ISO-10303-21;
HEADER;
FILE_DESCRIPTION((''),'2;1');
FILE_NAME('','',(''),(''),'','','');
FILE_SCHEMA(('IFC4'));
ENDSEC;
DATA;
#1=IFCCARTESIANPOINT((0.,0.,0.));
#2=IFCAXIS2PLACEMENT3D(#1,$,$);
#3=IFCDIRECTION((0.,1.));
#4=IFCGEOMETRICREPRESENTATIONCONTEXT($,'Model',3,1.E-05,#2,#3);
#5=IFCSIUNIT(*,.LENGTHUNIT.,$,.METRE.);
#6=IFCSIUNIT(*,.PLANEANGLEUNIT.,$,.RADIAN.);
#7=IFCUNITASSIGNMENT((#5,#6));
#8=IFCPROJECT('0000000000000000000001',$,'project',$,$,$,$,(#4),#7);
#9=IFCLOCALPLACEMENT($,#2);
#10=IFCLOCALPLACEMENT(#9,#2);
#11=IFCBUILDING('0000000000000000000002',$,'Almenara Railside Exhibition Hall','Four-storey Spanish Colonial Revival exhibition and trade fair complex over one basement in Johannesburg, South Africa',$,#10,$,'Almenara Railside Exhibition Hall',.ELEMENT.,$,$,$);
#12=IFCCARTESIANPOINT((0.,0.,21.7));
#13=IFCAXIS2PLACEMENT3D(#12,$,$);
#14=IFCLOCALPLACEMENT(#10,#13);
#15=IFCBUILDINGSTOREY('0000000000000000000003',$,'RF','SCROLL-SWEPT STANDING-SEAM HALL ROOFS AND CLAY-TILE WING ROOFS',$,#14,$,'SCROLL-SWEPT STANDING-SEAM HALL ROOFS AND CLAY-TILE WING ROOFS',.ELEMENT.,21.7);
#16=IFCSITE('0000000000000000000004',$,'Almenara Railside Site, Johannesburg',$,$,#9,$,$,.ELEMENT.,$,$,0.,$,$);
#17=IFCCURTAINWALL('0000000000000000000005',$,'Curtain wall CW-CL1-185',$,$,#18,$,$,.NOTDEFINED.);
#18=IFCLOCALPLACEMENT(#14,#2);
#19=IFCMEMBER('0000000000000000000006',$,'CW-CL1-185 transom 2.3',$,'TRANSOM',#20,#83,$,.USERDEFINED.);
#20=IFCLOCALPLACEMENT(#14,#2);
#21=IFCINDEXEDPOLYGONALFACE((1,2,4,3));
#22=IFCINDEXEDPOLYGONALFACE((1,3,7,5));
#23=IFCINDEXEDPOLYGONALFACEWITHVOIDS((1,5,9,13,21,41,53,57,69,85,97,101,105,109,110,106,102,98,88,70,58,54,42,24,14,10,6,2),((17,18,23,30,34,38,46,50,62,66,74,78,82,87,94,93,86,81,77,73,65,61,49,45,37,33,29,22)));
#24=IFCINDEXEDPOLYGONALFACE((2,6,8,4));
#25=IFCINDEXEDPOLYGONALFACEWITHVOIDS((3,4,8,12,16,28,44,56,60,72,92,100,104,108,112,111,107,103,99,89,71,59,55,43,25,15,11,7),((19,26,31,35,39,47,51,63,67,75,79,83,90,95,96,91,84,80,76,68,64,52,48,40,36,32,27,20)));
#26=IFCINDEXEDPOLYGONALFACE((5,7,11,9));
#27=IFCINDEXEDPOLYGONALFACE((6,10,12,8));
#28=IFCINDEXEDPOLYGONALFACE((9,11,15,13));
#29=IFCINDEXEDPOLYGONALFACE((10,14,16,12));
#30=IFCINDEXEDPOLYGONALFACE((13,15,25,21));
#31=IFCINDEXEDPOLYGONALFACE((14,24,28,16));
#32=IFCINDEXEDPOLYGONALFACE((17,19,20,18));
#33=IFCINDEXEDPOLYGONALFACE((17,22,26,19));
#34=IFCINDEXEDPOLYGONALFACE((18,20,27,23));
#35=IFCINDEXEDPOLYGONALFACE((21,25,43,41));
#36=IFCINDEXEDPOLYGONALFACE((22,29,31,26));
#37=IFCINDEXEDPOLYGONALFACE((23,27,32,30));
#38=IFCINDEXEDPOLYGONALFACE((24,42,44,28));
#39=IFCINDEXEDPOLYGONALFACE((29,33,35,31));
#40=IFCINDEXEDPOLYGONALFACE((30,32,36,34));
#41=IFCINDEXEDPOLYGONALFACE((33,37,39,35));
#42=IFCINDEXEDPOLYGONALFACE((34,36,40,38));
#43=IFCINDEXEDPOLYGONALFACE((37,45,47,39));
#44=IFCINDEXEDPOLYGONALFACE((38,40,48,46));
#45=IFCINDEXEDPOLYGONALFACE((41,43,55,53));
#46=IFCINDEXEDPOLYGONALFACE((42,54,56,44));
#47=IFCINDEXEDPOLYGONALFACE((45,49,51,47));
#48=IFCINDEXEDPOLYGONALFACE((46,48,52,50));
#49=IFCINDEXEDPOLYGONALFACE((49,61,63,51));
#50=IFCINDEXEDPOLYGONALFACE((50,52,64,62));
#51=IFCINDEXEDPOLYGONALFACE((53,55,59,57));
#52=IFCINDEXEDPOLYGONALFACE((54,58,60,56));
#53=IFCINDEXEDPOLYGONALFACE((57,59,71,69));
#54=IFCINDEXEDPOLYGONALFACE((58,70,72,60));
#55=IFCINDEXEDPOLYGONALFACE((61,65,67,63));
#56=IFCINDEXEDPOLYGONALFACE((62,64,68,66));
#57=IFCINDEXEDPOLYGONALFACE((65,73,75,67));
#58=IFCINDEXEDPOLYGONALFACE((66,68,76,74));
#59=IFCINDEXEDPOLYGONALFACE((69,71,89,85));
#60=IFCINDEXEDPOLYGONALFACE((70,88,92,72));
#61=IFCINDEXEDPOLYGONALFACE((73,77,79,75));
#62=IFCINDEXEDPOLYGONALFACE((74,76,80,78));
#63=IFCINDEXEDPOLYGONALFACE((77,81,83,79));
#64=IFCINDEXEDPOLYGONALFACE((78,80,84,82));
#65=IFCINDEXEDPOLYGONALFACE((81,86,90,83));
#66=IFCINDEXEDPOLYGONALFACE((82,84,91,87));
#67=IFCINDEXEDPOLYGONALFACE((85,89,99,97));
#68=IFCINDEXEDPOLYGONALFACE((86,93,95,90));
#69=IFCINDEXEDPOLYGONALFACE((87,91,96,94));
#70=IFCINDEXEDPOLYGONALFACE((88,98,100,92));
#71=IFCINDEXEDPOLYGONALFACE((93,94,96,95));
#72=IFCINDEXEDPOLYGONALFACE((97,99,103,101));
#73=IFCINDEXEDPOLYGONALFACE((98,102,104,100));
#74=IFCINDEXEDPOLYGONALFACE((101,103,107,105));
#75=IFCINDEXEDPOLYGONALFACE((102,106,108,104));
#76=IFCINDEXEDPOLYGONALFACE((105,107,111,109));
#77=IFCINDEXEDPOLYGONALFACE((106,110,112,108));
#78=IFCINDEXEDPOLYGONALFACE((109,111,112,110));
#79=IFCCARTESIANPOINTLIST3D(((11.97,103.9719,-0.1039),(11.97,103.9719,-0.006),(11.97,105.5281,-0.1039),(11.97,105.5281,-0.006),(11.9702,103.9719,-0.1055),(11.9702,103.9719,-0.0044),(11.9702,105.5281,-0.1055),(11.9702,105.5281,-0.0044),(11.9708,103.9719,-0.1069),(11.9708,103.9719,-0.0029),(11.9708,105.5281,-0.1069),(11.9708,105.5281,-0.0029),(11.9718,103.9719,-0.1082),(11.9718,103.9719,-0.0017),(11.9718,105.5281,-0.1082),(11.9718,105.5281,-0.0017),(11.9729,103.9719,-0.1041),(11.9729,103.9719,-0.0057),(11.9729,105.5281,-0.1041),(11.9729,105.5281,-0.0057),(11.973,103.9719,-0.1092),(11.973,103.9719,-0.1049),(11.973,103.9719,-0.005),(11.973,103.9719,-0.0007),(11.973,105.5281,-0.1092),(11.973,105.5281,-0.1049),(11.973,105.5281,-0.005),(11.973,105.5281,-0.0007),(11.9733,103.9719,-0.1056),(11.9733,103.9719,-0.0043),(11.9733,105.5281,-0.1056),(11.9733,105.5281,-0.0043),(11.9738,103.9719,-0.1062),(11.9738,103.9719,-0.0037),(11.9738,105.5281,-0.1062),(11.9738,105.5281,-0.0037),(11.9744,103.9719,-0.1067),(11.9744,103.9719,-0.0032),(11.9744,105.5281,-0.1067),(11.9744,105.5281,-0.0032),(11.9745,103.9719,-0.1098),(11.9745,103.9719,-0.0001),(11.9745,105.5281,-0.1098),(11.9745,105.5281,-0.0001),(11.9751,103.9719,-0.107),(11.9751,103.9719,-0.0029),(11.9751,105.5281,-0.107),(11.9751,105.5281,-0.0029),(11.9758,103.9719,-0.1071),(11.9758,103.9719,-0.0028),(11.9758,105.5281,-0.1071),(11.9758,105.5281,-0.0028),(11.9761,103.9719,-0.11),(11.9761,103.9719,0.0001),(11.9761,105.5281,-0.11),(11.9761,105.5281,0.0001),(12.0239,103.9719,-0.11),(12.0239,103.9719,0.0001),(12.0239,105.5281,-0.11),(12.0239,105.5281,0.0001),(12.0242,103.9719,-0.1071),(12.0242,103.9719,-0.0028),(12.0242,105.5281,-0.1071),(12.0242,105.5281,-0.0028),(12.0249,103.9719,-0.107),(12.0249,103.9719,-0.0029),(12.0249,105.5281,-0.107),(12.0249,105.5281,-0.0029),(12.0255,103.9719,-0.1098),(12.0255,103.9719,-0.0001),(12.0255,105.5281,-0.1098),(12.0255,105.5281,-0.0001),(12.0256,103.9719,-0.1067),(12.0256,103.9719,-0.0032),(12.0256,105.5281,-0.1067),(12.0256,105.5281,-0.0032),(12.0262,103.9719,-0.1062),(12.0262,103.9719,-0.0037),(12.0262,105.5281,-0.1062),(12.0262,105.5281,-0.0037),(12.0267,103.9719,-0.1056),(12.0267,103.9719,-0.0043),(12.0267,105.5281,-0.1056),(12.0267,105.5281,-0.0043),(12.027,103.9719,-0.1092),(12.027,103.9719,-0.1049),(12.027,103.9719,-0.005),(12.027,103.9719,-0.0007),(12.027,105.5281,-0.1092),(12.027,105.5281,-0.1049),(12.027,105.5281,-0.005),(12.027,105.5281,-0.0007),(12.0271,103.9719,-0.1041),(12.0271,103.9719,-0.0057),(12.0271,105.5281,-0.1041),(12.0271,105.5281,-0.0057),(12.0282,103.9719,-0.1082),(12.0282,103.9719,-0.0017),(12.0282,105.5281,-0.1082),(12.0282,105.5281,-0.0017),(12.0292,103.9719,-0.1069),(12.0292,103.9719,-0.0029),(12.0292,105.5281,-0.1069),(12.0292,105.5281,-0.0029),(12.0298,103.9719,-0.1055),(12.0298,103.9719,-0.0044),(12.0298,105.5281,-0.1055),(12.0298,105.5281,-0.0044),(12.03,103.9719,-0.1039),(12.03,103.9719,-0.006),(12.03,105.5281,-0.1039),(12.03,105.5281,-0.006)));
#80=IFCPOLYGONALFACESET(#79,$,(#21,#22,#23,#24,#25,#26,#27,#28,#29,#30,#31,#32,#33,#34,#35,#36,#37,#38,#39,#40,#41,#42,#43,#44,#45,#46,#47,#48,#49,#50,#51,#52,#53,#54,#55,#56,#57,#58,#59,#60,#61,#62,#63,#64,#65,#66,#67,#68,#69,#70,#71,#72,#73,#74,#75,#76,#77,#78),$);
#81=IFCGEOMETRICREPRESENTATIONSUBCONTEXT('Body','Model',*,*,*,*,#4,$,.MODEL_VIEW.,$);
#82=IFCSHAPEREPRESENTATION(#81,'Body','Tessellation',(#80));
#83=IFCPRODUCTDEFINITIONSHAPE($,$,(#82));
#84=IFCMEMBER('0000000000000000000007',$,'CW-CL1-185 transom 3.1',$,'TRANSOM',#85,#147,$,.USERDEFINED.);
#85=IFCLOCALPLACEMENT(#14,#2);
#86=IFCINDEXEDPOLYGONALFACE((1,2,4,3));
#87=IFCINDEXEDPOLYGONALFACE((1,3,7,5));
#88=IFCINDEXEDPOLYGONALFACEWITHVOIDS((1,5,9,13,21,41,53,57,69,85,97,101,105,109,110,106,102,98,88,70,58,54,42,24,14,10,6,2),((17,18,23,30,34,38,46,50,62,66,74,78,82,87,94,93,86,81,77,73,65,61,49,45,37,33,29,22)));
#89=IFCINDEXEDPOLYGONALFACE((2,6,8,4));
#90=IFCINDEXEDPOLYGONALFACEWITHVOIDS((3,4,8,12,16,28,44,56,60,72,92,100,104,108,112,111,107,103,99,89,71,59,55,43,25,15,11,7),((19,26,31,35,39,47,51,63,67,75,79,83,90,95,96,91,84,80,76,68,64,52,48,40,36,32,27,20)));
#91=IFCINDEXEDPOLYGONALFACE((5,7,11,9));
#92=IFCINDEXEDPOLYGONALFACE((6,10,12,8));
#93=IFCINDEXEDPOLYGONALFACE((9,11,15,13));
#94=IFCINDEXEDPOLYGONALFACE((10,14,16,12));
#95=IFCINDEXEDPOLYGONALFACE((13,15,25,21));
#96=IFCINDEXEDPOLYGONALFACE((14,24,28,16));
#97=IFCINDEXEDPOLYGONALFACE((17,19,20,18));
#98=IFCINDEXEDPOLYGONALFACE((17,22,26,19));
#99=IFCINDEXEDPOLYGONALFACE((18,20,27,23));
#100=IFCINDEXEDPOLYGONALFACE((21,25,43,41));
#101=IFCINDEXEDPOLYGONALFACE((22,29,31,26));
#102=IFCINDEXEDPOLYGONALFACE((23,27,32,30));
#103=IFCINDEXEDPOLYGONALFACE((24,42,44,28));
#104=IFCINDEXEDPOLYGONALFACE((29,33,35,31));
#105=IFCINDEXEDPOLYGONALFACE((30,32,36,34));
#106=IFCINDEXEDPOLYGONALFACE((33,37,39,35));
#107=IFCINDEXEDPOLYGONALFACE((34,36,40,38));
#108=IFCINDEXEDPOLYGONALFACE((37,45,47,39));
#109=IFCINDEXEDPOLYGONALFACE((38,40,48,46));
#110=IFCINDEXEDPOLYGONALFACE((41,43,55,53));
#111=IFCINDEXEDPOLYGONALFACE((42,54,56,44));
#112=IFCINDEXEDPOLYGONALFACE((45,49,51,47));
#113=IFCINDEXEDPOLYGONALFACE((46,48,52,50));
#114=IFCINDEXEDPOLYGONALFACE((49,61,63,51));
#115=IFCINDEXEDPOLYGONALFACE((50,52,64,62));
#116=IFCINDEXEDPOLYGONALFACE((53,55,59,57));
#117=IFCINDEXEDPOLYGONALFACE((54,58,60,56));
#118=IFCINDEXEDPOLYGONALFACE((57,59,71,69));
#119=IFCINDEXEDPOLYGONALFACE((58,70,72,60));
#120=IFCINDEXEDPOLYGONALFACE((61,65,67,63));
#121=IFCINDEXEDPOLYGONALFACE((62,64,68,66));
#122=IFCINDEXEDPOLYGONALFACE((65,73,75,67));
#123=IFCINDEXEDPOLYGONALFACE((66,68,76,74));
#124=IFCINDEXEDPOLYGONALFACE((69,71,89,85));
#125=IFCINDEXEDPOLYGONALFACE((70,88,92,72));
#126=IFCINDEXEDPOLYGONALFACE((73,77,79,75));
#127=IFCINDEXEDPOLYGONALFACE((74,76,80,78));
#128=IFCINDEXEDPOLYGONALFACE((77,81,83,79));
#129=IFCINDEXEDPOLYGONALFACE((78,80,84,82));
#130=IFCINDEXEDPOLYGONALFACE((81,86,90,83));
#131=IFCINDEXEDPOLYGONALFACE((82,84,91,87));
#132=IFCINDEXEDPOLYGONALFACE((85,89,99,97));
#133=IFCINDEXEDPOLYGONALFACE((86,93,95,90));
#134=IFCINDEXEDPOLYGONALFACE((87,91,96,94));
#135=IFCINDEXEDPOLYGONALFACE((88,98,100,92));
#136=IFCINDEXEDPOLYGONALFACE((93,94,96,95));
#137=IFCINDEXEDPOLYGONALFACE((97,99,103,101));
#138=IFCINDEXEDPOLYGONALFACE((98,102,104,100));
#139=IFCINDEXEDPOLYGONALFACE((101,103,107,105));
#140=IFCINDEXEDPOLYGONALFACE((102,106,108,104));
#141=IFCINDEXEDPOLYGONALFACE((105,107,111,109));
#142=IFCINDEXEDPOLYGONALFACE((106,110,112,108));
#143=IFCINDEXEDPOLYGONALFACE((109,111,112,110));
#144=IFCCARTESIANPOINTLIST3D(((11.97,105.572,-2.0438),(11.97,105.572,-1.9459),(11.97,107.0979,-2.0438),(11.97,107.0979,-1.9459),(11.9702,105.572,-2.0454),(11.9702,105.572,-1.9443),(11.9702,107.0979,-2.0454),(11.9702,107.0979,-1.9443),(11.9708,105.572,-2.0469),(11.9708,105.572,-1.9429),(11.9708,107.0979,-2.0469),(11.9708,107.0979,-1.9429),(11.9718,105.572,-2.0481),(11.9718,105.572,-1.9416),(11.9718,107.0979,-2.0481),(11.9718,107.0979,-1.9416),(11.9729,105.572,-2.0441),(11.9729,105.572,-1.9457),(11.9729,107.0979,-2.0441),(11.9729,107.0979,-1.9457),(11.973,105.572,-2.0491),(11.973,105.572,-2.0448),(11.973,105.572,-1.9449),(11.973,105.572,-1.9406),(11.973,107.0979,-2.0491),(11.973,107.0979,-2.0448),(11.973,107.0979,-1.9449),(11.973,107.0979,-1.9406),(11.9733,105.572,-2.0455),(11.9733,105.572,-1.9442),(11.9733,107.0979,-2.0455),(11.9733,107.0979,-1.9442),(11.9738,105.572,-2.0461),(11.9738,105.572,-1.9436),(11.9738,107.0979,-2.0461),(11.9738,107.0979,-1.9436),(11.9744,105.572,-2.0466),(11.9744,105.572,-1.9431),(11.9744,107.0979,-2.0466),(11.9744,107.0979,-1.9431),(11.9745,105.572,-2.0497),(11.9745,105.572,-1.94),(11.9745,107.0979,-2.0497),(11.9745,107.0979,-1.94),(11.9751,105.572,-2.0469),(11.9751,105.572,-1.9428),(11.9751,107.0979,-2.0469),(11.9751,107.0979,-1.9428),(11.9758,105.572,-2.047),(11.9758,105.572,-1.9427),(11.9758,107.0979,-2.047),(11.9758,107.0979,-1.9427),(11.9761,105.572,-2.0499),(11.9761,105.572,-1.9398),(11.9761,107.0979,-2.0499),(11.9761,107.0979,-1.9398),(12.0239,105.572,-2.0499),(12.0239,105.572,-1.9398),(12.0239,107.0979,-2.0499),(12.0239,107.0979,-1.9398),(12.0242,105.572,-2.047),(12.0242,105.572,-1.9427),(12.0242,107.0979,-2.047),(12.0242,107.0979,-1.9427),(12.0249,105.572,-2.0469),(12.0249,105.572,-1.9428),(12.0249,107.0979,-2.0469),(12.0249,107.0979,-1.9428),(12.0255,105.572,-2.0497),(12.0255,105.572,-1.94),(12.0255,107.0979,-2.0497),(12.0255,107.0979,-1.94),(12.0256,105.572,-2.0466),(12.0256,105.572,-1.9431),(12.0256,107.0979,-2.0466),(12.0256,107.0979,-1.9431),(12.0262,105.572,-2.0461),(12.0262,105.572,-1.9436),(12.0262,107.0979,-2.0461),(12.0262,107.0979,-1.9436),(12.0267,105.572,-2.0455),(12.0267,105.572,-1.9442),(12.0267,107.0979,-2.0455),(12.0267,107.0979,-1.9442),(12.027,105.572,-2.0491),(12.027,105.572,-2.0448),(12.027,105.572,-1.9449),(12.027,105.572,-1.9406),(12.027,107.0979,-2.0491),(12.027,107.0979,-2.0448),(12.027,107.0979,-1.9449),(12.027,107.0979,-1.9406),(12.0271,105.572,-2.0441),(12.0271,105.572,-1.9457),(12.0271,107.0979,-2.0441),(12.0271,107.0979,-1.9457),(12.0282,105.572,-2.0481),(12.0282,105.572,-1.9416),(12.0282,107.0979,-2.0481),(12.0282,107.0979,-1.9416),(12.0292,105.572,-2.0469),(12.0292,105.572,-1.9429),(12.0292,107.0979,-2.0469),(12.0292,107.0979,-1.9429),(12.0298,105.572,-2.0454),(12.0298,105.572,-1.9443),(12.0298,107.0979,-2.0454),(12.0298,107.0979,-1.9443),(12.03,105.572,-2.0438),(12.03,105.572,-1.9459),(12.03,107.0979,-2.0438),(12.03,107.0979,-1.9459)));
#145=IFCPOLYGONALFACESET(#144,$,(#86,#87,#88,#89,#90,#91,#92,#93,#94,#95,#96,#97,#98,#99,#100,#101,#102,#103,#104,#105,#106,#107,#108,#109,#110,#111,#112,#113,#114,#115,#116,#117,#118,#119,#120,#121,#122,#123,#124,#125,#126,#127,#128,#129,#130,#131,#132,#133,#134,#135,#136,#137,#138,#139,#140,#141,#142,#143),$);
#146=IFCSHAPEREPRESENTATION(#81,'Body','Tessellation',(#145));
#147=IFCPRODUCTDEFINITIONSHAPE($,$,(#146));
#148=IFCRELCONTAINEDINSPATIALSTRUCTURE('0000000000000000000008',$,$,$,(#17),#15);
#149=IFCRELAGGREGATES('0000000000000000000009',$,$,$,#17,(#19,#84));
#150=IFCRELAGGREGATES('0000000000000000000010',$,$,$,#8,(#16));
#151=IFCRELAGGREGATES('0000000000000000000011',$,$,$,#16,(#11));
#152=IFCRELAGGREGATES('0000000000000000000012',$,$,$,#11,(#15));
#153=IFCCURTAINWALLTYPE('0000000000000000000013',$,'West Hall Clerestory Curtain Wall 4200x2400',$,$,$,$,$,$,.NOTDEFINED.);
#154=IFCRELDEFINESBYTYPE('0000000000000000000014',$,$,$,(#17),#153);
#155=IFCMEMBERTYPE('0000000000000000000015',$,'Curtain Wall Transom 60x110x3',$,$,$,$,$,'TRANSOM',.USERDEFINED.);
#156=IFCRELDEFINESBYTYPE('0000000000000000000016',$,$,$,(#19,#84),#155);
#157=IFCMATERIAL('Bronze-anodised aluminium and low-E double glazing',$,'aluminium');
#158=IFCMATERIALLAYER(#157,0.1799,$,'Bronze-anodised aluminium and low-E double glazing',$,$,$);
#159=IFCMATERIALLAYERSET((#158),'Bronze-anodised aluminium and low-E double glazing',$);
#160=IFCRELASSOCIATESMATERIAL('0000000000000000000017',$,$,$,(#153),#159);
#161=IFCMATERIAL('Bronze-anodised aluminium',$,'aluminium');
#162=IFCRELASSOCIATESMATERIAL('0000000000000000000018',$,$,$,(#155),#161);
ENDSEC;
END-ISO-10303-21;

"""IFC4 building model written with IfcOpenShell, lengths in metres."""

from ifc_helpers import new_model, si_unit, direction, frame, origin, origin_2d, place, context, subcontext, project, spatial, hollow_rectangle, extrude, material, layer, layer_set, material_profile, profile_set, type_object, element, aggregate, save


model = new_model("IFC4")

# Units and contexts
model_context = context("Model", 3, precision=1e-05, world=origin(), true_north=direction((0.0, 1.0)))
body_context = subcontext(model_context, "Body", "Model", "MODEL_VIEW")
ifc_project = project(units=[si_unit("LENGTHUNIT", "METRE"), si_unit("PLANEANGLEUNIT", "RADIAN")], contexts=[model_context])

# Site, building, storey
site_placement = place(None, origin())
site = spatial("IfcSite", under=ifc_project, at=site_placement, Name="Almenara Railside Site, Johannesburg", CompositionType="ELEMENT", RefElevation=0.0)
building_placement = place(site_placement, origin())
building = spatial("IfcBuilding", under=site, at=building_placement, Name="Almenara Railside Exhibition Hall", Description="Four-storey Spanish Colonial Revival exhibition and trade fair complex over one basement in Johannesburg, South Africa", LongName="Almenara Railside Exhibition Hall", CompositionType="ELEMENT")
storey_placement = place(building_placement, frame((0.0, 0.0, 21.7)))
storey = spatial("IfcBuildingStorey", under=building, at=storey_placement, Name="RF", Description="SCROLL-SWEPT STANDING-SEAM HALL ROOFS AND CLAY-TILE WING ROOFS", LongName="SCROLL-SWEPT STANDING-SEAM HALL ROOFS AND CLAY-TILE WING ROOFS", CompositionType="ELEMENT", Elevation=21.7)

# Curtain wall, members
ifc_material_1 = material(Name="Bronze-anodised aluminium and low-E double glazing", Category="aluminium")
ifc_layer_1 = layer(ifc_material_1, 0.1799, Name="Bronze-anodised aluminium and low-E double glazing")
ifc_layer_set_1 = layer_set([ifc_layer_1], Name="Bronze-anodised aluminium and low-E double glazing")
curtain_wall_type = type_object("IfcCurtainWallType", Name="West Hall Clerestory Curtain Wall 4200x2400", PredefinedType="NOTDEFINED", material=ifc_layer_set_1)
curtain_wall_placement = place(storey_placement, origin())
curtain_wall = element("IfcCurtainWall", 1, at=curtain_wall_placement, inside=storey, type_object=curtain_wall_type, Name="Curtain wall CW-CL1-185", PredefinedType="NOTDEFINED")
ifc_material_2 = material(Name="Bronze-anodised aluminium", Category="aluminium")
ifc_material_profile_1 = material_profile(ifc_material_2, hollow_rectangle(XDim=0.0601, YDim=0.1101, WallThickness=0.0029, InnerFilletRadius=0.0029, OuterFilletRadius=0.0061, at=origin_2d()), Name="ALU-TRN 60x110x3")
ifc_profile_set_1 = profile_set([ifc_material_profile_1], Name="Bronze-anodised aluminium")
member_type_1 = type_object("IfcMemberType", Name="Curtain Wall Transom 60x110x3", ElementType="TRANSOM", PredefinedType="USERDEFINED", material=ifc_profile_set_1)
member_1_placement = place(storey_placement, frame((12.0, 103.9719, -0.0549), z_axis=(0.0, 1.0, 0.0), x_axis=(-1.0, 0.0, 0.0)))
member_1 = element("IfcMember", 2, at=member_1_placement, type_object=member_type_1, Name="CW-CL1-185 transom 2.3", ObjectType="TRANSOM", PredefinedType="USERDEFINED", context=body_context, shape_type="SweptSolid", body=[
    extrude(hollow_rectangle(XDim=0.0601, YDim=0.1101, WallThickness=0.0029, InnerFilletRadius=0.0029, OuterFilletRadius=0.0061, at=origin_2d()), origin(), (0.0, 0.0, 1.0), 1.5562),
])
member_2_placement = place(storey_placement, frame((12.0, 105.572, -1.9949), z_axis=(0.0, 1.0, 0.0), x_axis=(-1.0, 0.0, 0.0)))
member_2 = element("IfcMember", 3, at=member_2_placement, type_object=member_type_1, Name="CW-CL1-185 transom 3.1", ObjectType="TRANSOM", PredefinedType="USERDEFINED", context=body_context, shape_type="SweptSolid", body=[
    extrude(hollow_rectangle(XDim=0.0601, YDim=0.1101, WallThickness=0.0029, InnerFilletRadius=0.0029, OuterFilletRadius=0.0061, at=origin_2d()), origin(), (0.0, 0.0, 1.0), 1.5259),
])

aggregate(curtain_wall, [member_1, member_2])

save(model, "model.ifc")
